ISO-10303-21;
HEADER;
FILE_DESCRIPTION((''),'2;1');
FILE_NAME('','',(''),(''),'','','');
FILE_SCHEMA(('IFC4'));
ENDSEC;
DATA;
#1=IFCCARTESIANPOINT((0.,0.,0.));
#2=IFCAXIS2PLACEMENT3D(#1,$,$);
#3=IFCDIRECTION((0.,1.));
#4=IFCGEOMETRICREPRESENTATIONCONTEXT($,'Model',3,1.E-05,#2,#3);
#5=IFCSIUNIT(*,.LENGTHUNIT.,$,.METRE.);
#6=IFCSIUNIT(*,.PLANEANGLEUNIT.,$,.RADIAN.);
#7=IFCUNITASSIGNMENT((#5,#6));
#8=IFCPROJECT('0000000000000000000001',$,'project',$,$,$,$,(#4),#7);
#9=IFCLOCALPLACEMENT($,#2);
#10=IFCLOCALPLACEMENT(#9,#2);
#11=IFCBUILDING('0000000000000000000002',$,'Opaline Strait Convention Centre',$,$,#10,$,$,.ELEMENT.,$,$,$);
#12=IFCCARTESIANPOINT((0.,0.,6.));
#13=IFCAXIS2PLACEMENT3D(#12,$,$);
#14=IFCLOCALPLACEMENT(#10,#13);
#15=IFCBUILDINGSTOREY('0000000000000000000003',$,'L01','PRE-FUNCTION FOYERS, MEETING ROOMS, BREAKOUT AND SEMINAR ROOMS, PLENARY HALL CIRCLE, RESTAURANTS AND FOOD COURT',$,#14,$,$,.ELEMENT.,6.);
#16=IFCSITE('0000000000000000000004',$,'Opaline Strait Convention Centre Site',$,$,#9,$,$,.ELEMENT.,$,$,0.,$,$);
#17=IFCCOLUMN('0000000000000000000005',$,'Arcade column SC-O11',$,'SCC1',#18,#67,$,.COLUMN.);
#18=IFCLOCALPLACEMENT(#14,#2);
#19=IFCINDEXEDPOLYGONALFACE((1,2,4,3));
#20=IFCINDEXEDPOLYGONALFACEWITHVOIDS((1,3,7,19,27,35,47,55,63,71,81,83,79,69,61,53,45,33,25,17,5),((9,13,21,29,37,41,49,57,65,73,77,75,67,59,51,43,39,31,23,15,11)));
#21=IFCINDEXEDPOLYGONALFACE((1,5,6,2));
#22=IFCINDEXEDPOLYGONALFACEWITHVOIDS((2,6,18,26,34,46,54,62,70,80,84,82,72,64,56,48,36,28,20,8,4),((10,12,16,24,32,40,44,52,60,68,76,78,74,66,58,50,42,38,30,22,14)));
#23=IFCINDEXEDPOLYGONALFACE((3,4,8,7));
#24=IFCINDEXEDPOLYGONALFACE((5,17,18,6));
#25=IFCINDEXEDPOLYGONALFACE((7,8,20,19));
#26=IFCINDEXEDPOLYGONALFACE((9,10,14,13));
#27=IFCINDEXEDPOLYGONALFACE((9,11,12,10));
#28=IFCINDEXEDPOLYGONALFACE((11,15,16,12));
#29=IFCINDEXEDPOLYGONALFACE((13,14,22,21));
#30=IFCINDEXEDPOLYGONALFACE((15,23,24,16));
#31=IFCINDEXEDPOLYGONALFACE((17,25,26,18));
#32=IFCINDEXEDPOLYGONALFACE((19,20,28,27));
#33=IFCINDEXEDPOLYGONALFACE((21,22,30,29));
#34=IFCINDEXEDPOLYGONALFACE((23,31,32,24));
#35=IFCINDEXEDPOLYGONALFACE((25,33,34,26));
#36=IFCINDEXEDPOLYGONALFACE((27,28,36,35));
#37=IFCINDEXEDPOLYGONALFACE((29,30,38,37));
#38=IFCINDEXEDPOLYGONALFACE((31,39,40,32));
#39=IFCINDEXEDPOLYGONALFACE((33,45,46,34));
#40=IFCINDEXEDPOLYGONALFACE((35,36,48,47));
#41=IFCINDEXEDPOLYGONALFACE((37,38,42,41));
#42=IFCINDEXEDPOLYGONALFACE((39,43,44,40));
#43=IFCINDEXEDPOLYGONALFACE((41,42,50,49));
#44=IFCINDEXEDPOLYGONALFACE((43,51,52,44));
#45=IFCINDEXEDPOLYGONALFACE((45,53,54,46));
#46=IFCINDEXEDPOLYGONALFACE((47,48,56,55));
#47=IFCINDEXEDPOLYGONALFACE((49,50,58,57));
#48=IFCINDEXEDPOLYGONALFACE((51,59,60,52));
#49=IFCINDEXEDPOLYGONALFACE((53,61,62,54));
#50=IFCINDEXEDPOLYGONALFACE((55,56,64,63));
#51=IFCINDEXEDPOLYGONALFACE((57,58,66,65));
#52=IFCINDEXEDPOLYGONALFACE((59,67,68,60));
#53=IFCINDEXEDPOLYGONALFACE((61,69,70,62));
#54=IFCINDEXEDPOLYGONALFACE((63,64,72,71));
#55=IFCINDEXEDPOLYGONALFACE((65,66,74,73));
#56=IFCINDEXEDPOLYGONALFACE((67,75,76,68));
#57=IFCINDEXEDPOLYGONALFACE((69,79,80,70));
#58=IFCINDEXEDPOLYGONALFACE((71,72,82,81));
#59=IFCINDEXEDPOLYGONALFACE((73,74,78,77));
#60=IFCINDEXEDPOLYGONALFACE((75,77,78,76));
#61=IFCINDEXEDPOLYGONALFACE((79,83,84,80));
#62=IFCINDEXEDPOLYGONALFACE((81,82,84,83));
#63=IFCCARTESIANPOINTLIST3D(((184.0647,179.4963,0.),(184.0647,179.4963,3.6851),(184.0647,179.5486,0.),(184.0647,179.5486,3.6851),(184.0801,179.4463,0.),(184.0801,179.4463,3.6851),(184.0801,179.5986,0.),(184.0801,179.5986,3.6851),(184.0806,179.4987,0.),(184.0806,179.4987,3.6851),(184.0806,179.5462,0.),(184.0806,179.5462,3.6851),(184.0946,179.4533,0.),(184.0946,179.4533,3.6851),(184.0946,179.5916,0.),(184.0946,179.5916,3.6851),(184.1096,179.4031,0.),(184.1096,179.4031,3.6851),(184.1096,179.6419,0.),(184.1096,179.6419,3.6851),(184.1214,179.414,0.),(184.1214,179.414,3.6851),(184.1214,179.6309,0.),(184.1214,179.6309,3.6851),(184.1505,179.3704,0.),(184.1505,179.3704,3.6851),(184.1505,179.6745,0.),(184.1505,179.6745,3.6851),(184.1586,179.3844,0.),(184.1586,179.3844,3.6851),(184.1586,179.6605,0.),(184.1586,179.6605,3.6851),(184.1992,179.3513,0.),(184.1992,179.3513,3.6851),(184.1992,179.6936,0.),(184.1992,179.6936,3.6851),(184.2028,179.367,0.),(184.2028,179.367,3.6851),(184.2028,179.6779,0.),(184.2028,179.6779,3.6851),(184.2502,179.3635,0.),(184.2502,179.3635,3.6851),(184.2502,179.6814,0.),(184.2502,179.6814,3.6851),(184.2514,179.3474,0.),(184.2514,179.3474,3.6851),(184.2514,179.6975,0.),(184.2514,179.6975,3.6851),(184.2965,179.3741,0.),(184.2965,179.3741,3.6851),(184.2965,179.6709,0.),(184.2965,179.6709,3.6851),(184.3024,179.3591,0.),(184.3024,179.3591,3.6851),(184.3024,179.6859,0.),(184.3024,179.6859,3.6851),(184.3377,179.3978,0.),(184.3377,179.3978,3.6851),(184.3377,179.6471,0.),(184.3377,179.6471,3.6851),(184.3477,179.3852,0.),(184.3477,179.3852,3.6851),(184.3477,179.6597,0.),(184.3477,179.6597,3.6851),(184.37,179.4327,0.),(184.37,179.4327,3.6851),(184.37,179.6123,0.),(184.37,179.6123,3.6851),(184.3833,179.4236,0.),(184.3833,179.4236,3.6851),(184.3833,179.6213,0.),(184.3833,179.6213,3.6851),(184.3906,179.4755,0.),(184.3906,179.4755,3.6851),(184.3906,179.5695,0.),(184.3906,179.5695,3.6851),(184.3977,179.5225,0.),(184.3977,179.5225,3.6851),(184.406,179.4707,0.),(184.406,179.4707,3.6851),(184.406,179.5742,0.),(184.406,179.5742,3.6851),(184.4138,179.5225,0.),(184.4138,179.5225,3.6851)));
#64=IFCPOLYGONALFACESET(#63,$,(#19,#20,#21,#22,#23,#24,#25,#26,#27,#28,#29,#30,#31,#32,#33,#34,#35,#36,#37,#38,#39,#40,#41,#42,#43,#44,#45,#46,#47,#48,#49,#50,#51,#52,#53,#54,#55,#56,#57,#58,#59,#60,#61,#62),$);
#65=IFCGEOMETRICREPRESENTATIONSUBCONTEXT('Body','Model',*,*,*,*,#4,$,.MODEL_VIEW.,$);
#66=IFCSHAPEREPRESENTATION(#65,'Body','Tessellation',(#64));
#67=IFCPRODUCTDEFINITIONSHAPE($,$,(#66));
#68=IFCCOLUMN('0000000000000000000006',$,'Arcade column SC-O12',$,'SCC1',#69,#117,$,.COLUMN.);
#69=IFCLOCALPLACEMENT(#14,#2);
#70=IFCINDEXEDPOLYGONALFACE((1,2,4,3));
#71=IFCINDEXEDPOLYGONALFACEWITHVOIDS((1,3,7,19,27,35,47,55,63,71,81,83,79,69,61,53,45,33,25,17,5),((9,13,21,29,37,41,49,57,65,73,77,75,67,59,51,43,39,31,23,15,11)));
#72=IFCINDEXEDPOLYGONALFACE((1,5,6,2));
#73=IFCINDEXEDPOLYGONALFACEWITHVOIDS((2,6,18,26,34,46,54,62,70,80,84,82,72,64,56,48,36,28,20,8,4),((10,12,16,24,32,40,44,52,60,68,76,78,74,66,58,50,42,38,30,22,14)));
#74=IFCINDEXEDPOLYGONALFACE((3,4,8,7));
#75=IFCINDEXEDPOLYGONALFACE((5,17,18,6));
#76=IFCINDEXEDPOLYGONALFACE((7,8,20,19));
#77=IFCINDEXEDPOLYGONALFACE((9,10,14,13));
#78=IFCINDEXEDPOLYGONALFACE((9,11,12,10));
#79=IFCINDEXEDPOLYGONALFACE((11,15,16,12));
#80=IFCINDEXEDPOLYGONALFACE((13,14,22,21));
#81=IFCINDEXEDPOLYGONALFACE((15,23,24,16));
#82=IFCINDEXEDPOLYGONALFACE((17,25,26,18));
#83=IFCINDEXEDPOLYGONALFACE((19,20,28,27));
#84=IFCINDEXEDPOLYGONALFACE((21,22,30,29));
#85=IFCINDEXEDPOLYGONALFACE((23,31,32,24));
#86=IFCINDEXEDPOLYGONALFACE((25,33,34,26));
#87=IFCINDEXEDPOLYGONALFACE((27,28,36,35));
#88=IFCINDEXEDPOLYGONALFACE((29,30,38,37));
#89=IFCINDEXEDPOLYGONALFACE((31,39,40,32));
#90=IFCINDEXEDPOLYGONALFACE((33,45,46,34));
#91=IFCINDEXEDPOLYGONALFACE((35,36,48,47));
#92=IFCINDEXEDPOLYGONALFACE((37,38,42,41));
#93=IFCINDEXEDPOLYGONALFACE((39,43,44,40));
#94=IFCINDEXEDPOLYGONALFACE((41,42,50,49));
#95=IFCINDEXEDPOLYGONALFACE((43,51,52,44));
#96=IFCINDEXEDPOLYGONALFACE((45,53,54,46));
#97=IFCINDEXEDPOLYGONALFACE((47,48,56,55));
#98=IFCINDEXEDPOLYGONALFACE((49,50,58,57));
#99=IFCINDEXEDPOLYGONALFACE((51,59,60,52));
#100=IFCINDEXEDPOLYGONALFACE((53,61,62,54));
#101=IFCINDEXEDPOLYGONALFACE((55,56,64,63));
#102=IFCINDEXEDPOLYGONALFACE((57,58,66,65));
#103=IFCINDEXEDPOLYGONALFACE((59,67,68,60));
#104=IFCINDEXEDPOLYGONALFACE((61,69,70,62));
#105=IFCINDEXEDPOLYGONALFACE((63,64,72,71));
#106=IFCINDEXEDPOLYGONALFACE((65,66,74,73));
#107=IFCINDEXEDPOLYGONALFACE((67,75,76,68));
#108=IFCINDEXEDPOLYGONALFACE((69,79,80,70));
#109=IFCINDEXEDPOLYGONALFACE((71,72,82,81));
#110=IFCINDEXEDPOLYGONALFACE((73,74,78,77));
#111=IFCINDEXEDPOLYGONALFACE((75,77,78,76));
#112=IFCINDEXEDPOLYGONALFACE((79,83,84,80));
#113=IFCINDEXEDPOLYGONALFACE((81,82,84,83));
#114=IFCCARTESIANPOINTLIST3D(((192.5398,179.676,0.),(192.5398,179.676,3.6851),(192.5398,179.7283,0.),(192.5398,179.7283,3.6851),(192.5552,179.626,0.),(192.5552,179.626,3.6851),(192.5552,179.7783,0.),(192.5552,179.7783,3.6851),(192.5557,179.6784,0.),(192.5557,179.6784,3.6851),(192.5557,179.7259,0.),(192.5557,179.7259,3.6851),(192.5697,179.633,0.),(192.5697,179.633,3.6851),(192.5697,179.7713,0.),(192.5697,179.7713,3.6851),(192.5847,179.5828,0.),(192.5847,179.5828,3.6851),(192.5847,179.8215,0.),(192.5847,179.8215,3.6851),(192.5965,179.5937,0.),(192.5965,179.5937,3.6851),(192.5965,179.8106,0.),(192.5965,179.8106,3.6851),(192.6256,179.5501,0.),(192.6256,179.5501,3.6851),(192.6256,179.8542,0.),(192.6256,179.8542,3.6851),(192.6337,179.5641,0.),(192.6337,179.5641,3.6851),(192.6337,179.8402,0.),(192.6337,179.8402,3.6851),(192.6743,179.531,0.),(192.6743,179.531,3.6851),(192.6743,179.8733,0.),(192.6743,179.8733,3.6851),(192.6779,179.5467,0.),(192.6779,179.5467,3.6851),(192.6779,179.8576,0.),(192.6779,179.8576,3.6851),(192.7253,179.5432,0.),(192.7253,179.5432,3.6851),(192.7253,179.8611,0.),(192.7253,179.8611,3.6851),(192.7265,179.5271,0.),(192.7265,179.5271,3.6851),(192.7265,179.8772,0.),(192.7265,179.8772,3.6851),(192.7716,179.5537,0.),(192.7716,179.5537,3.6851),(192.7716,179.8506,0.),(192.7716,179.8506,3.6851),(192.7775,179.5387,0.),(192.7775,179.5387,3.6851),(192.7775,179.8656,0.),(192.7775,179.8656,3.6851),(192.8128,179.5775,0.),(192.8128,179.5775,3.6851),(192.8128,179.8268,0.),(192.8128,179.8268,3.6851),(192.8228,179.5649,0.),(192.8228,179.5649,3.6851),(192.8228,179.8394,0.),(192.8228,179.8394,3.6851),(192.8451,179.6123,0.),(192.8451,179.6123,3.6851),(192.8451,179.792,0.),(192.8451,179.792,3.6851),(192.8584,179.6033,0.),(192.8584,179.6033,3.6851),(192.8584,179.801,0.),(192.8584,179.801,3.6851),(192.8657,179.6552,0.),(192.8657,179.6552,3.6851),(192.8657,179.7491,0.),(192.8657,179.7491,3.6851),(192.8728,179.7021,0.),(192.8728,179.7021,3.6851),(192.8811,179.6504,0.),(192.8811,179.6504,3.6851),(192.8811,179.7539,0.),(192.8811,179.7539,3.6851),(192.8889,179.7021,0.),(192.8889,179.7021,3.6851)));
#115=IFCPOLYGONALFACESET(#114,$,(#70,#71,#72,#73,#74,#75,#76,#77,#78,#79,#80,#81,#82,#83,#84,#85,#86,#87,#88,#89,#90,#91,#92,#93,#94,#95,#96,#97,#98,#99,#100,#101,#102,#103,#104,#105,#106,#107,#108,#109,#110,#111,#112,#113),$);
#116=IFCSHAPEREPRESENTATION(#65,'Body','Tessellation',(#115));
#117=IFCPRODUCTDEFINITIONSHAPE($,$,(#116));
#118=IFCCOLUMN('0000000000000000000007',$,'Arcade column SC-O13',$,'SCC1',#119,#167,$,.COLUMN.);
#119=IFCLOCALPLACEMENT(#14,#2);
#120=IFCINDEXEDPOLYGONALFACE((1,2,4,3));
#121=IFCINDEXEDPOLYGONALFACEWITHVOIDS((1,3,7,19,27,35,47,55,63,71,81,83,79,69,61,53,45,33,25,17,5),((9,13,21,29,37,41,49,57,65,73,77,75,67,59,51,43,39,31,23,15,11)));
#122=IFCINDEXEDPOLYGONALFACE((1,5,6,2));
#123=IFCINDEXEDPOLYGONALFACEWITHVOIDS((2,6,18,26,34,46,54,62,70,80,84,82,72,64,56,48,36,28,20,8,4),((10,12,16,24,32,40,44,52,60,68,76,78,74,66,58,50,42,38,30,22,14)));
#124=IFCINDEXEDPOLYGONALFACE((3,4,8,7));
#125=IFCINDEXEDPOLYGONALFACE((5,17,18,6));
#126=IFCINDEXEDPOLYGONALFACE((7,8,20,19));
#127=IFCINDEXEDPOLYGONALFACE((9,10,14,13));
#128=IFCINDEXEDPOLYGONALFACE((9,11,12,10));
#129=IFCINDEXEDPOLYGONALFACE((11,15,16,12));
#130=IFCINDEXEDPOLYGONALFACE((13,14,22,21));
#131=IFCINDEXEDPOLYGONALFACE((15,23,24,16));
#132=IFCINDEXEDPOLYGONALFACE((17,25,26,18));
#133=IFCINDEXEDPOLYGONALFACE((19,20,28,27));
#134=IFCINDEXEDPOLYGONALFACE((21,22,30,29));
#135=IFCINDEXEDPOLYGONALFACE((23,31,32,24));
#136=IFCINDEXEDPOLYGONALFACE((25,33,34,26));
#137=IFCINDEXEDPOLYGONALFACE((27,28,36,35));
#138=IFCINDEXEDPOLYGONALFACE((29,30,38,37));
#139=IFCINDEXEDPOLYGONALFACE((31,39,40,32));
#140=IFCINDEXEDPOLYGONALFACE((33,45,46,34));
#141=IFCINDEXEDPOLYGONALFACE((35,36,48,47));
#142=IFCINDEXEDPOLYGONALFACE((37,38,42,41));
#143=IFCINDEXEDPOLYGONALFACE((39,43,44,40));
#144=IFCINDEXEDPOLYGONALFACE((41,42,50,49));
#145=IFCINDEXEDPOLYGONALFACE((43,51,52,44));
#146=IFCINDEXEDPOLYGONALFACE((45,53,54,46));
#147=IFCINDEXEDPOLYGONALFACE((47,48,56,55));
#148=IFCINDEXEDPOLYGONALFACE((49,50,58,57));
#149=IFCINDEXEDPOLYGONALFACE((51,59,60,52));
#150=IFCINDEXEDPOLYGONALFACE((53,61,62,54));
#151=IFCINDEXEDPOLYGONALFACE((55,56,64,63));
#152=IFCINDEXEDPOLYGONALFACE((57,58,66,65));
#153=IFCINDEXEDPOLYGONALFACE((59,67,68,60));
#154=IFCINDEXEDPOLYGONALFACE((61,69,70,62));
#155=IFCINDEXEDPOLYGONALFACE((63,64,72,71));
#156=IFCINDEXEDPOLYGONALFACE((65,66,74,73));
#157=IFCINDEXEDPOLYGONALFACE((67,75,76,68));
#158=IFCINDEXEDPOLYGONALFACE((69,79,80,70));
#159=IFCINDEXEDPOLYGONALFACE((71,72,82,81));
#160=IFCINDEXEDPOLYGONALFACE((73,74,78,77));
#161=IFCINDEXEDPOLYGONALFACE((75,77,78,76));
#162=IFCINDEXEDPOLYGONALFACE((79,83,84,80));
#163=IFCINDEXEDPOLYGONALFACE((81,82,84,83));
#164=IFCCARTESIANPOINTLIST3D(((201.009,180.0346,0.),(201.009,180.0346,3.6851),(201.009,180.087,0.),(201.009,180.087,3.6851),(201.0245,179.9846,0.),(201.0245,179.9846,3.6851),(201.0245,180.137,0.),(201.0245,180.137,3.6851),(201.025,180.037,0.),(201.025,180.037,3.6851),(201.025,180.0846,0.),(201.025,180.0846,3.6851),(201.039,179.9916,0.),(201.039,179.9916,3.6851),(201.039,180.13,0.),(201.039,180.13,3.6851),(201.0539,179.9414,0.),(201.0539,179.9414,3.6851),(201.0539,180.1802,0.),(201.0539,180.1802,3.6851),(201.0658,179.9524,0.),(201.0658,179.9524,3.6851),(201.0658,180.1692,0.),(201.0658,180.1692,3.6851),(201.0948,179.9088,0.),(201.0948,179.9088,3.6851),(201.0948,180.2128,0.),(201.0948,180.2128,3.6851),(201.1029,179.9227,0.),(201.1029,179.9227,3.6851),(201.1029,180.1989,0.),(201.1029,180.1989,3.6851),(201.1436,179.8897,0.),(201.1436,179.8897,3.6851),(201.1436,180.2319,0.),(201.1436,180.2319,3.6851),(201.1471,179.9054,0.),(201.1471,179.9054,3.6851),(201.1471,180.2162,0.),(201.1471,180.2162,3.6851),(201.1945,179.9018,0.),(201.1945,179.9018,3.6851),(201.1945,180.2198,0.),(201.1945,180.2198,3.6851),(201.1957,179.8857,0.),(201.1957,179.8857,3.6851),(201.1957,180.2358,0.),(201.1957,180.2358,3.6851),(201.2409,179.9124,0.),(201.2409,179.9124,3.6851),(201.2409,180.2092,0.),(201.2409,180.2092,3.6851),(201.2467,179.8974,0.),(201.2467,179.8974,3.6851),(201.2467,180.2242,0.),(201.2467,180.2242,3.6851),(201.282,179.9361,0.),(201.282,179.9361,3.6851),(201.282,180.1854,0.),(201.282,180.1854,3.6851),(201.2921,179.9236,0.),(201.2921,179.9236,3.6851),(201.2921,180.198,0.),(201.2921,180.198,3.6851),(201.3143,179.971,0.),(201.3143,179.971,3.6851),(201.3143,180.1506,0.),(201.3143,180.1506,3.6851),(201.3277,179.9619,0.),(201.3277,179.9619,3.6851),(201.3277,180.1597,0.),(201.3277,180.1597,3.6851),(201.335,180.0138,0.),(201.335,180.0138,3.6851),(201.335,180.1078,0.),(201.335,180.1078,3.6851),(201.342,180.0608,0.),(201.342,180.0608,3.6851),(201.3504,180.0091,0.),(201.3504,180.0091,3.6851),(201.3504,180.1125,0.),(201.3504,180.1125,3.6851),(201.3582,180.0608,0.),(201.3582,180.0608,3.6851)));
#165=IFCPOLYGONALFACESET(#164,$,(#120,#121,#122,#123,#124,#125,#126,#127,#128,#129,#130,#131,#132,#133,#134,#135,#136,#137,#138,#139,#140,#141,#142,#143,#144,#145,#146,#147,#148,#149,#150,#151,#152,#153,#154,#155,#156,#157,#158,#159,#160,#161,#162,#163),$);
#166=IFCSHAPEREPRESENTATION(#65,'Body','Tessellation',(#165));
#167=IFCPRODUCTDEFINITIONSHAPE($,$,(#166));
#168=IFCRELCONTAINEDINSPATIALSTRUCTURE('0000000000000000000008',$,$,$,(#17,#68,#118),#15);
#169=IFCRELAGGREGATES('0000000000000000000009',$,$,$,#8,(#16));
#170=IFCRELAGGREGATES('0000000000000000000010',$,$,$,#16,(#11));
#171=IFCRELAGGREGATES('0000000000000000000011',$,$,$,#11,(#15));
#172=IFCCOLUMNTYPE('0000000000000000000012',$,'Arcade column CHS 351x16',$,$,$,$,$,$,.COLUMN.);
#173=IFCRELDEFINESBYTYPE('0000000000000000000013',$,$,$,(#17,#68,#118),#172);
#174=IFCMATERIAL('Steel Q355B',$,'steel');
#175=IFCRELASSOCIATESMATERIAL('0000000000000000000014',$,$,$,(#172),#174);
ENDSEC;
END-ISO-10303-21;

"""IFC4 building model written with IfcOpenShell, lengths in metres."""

from ifc_helpers import new_model, si_unit, direction, frame, origin, origin_2d, place, context, subcontext, project, spatial, hollow_circle, extrude, material, material_profile, profile_set, type_object, element, save


model = new_model("IFC4")

# Units and contexts
model_context = context("Model", 3, precision=1e-05, world=origin(), true_north=direction((0.0, 1.0)))
body_context = subcontext(model_context, "Body", "Model", "MODEL_VIEW")
ifc_project = project(units=[si_unit("LENGTHUNIT", "METRE"), si_unit("PLANEANGLEUNIT", "RADIAN")], contexts=[model_context])

# Site, building, storey
site_placement = place(None, origin())
site = spatial("IfcSite", under=ifc_project, at=site_placement, Name="Opaline Strait Convention Centre Site", CompositionType="ELEMENT", RefElevation=0.0)
building_placement = place(site_placement, origin())
building = spatial("IfcBuilding", under=site, at=building_placement, Name="Opaline Strait Convention Centre", CompositionType="ELEMENT")
storey_placement = place(building_placement, frame((0.0, 0.0, 6.0)))
storey = spatial("IfcBuildingStorey", under=building, at=storey_placement, Name="L01", Description="PRE-FUNCTION FOYERS, MEETING ROOMS, BREAKOUT AND SEMINAR ROOMS, PLENARY HALL CIRCLE, RESTAURANTS AND FOOD COURT", CompositionType="ELEMENT", Elevation=6.0)

# Columns
ifc_material_1 = material(Name="Steel Q355B", Category="steel")
ifc_material_profile_1 = material_profile(ifc_material_1, hollow_circle(Radius=0.1755, WallThickness=0.0161, at=origin_2d()), Name="CHS 351x16")
ifc_profile_set_1 = profile_set([ifc_material_profile_1], Name="Steel Q355B")
column_type_1 = type_object("IfcColumnType", Name="Arcade column CHS 351x16", PredefinedType="COLUMN", material=ifc_profile_set_1)
for number, where, z_axis, x_axis, name in (
    (1, (184.2383, 179.5225, 0.0), (0.0, 0.0, 1.0), (1.0, 0.0, 0.0), "Arcade column SC-O11"),
    (2, (192.7134, 179.7021, 0.0), (0.0, 0.0, 1.0), (1.0, 0.0, 0.0), "Arcade column SC-O12"),
    (3, (201.1826, 180.0608, 0.0), (0.0, 0.0, 1.0), (1.0, 0.0, 0.0), "Arcade column SC-O13"),
):
    element("IfcColumn", number, at=place(storey_placement, frame(where, z_axis=z_axis, x_axis=x_axis)), inside=storey, type_object=column_type_1, Name=name, ObjectType="SCC1", PredefinedType="COLUMN", context=body_context, shape_type="SweptSolid", body=[
        extrude(hollow_circle(Radius=0.1755, WallThickness=0.0161, at=origin_2d()), origin(), (0.0, 0.0, 1.0), 3.6851),
    ])

save(model, "model.ifc")
